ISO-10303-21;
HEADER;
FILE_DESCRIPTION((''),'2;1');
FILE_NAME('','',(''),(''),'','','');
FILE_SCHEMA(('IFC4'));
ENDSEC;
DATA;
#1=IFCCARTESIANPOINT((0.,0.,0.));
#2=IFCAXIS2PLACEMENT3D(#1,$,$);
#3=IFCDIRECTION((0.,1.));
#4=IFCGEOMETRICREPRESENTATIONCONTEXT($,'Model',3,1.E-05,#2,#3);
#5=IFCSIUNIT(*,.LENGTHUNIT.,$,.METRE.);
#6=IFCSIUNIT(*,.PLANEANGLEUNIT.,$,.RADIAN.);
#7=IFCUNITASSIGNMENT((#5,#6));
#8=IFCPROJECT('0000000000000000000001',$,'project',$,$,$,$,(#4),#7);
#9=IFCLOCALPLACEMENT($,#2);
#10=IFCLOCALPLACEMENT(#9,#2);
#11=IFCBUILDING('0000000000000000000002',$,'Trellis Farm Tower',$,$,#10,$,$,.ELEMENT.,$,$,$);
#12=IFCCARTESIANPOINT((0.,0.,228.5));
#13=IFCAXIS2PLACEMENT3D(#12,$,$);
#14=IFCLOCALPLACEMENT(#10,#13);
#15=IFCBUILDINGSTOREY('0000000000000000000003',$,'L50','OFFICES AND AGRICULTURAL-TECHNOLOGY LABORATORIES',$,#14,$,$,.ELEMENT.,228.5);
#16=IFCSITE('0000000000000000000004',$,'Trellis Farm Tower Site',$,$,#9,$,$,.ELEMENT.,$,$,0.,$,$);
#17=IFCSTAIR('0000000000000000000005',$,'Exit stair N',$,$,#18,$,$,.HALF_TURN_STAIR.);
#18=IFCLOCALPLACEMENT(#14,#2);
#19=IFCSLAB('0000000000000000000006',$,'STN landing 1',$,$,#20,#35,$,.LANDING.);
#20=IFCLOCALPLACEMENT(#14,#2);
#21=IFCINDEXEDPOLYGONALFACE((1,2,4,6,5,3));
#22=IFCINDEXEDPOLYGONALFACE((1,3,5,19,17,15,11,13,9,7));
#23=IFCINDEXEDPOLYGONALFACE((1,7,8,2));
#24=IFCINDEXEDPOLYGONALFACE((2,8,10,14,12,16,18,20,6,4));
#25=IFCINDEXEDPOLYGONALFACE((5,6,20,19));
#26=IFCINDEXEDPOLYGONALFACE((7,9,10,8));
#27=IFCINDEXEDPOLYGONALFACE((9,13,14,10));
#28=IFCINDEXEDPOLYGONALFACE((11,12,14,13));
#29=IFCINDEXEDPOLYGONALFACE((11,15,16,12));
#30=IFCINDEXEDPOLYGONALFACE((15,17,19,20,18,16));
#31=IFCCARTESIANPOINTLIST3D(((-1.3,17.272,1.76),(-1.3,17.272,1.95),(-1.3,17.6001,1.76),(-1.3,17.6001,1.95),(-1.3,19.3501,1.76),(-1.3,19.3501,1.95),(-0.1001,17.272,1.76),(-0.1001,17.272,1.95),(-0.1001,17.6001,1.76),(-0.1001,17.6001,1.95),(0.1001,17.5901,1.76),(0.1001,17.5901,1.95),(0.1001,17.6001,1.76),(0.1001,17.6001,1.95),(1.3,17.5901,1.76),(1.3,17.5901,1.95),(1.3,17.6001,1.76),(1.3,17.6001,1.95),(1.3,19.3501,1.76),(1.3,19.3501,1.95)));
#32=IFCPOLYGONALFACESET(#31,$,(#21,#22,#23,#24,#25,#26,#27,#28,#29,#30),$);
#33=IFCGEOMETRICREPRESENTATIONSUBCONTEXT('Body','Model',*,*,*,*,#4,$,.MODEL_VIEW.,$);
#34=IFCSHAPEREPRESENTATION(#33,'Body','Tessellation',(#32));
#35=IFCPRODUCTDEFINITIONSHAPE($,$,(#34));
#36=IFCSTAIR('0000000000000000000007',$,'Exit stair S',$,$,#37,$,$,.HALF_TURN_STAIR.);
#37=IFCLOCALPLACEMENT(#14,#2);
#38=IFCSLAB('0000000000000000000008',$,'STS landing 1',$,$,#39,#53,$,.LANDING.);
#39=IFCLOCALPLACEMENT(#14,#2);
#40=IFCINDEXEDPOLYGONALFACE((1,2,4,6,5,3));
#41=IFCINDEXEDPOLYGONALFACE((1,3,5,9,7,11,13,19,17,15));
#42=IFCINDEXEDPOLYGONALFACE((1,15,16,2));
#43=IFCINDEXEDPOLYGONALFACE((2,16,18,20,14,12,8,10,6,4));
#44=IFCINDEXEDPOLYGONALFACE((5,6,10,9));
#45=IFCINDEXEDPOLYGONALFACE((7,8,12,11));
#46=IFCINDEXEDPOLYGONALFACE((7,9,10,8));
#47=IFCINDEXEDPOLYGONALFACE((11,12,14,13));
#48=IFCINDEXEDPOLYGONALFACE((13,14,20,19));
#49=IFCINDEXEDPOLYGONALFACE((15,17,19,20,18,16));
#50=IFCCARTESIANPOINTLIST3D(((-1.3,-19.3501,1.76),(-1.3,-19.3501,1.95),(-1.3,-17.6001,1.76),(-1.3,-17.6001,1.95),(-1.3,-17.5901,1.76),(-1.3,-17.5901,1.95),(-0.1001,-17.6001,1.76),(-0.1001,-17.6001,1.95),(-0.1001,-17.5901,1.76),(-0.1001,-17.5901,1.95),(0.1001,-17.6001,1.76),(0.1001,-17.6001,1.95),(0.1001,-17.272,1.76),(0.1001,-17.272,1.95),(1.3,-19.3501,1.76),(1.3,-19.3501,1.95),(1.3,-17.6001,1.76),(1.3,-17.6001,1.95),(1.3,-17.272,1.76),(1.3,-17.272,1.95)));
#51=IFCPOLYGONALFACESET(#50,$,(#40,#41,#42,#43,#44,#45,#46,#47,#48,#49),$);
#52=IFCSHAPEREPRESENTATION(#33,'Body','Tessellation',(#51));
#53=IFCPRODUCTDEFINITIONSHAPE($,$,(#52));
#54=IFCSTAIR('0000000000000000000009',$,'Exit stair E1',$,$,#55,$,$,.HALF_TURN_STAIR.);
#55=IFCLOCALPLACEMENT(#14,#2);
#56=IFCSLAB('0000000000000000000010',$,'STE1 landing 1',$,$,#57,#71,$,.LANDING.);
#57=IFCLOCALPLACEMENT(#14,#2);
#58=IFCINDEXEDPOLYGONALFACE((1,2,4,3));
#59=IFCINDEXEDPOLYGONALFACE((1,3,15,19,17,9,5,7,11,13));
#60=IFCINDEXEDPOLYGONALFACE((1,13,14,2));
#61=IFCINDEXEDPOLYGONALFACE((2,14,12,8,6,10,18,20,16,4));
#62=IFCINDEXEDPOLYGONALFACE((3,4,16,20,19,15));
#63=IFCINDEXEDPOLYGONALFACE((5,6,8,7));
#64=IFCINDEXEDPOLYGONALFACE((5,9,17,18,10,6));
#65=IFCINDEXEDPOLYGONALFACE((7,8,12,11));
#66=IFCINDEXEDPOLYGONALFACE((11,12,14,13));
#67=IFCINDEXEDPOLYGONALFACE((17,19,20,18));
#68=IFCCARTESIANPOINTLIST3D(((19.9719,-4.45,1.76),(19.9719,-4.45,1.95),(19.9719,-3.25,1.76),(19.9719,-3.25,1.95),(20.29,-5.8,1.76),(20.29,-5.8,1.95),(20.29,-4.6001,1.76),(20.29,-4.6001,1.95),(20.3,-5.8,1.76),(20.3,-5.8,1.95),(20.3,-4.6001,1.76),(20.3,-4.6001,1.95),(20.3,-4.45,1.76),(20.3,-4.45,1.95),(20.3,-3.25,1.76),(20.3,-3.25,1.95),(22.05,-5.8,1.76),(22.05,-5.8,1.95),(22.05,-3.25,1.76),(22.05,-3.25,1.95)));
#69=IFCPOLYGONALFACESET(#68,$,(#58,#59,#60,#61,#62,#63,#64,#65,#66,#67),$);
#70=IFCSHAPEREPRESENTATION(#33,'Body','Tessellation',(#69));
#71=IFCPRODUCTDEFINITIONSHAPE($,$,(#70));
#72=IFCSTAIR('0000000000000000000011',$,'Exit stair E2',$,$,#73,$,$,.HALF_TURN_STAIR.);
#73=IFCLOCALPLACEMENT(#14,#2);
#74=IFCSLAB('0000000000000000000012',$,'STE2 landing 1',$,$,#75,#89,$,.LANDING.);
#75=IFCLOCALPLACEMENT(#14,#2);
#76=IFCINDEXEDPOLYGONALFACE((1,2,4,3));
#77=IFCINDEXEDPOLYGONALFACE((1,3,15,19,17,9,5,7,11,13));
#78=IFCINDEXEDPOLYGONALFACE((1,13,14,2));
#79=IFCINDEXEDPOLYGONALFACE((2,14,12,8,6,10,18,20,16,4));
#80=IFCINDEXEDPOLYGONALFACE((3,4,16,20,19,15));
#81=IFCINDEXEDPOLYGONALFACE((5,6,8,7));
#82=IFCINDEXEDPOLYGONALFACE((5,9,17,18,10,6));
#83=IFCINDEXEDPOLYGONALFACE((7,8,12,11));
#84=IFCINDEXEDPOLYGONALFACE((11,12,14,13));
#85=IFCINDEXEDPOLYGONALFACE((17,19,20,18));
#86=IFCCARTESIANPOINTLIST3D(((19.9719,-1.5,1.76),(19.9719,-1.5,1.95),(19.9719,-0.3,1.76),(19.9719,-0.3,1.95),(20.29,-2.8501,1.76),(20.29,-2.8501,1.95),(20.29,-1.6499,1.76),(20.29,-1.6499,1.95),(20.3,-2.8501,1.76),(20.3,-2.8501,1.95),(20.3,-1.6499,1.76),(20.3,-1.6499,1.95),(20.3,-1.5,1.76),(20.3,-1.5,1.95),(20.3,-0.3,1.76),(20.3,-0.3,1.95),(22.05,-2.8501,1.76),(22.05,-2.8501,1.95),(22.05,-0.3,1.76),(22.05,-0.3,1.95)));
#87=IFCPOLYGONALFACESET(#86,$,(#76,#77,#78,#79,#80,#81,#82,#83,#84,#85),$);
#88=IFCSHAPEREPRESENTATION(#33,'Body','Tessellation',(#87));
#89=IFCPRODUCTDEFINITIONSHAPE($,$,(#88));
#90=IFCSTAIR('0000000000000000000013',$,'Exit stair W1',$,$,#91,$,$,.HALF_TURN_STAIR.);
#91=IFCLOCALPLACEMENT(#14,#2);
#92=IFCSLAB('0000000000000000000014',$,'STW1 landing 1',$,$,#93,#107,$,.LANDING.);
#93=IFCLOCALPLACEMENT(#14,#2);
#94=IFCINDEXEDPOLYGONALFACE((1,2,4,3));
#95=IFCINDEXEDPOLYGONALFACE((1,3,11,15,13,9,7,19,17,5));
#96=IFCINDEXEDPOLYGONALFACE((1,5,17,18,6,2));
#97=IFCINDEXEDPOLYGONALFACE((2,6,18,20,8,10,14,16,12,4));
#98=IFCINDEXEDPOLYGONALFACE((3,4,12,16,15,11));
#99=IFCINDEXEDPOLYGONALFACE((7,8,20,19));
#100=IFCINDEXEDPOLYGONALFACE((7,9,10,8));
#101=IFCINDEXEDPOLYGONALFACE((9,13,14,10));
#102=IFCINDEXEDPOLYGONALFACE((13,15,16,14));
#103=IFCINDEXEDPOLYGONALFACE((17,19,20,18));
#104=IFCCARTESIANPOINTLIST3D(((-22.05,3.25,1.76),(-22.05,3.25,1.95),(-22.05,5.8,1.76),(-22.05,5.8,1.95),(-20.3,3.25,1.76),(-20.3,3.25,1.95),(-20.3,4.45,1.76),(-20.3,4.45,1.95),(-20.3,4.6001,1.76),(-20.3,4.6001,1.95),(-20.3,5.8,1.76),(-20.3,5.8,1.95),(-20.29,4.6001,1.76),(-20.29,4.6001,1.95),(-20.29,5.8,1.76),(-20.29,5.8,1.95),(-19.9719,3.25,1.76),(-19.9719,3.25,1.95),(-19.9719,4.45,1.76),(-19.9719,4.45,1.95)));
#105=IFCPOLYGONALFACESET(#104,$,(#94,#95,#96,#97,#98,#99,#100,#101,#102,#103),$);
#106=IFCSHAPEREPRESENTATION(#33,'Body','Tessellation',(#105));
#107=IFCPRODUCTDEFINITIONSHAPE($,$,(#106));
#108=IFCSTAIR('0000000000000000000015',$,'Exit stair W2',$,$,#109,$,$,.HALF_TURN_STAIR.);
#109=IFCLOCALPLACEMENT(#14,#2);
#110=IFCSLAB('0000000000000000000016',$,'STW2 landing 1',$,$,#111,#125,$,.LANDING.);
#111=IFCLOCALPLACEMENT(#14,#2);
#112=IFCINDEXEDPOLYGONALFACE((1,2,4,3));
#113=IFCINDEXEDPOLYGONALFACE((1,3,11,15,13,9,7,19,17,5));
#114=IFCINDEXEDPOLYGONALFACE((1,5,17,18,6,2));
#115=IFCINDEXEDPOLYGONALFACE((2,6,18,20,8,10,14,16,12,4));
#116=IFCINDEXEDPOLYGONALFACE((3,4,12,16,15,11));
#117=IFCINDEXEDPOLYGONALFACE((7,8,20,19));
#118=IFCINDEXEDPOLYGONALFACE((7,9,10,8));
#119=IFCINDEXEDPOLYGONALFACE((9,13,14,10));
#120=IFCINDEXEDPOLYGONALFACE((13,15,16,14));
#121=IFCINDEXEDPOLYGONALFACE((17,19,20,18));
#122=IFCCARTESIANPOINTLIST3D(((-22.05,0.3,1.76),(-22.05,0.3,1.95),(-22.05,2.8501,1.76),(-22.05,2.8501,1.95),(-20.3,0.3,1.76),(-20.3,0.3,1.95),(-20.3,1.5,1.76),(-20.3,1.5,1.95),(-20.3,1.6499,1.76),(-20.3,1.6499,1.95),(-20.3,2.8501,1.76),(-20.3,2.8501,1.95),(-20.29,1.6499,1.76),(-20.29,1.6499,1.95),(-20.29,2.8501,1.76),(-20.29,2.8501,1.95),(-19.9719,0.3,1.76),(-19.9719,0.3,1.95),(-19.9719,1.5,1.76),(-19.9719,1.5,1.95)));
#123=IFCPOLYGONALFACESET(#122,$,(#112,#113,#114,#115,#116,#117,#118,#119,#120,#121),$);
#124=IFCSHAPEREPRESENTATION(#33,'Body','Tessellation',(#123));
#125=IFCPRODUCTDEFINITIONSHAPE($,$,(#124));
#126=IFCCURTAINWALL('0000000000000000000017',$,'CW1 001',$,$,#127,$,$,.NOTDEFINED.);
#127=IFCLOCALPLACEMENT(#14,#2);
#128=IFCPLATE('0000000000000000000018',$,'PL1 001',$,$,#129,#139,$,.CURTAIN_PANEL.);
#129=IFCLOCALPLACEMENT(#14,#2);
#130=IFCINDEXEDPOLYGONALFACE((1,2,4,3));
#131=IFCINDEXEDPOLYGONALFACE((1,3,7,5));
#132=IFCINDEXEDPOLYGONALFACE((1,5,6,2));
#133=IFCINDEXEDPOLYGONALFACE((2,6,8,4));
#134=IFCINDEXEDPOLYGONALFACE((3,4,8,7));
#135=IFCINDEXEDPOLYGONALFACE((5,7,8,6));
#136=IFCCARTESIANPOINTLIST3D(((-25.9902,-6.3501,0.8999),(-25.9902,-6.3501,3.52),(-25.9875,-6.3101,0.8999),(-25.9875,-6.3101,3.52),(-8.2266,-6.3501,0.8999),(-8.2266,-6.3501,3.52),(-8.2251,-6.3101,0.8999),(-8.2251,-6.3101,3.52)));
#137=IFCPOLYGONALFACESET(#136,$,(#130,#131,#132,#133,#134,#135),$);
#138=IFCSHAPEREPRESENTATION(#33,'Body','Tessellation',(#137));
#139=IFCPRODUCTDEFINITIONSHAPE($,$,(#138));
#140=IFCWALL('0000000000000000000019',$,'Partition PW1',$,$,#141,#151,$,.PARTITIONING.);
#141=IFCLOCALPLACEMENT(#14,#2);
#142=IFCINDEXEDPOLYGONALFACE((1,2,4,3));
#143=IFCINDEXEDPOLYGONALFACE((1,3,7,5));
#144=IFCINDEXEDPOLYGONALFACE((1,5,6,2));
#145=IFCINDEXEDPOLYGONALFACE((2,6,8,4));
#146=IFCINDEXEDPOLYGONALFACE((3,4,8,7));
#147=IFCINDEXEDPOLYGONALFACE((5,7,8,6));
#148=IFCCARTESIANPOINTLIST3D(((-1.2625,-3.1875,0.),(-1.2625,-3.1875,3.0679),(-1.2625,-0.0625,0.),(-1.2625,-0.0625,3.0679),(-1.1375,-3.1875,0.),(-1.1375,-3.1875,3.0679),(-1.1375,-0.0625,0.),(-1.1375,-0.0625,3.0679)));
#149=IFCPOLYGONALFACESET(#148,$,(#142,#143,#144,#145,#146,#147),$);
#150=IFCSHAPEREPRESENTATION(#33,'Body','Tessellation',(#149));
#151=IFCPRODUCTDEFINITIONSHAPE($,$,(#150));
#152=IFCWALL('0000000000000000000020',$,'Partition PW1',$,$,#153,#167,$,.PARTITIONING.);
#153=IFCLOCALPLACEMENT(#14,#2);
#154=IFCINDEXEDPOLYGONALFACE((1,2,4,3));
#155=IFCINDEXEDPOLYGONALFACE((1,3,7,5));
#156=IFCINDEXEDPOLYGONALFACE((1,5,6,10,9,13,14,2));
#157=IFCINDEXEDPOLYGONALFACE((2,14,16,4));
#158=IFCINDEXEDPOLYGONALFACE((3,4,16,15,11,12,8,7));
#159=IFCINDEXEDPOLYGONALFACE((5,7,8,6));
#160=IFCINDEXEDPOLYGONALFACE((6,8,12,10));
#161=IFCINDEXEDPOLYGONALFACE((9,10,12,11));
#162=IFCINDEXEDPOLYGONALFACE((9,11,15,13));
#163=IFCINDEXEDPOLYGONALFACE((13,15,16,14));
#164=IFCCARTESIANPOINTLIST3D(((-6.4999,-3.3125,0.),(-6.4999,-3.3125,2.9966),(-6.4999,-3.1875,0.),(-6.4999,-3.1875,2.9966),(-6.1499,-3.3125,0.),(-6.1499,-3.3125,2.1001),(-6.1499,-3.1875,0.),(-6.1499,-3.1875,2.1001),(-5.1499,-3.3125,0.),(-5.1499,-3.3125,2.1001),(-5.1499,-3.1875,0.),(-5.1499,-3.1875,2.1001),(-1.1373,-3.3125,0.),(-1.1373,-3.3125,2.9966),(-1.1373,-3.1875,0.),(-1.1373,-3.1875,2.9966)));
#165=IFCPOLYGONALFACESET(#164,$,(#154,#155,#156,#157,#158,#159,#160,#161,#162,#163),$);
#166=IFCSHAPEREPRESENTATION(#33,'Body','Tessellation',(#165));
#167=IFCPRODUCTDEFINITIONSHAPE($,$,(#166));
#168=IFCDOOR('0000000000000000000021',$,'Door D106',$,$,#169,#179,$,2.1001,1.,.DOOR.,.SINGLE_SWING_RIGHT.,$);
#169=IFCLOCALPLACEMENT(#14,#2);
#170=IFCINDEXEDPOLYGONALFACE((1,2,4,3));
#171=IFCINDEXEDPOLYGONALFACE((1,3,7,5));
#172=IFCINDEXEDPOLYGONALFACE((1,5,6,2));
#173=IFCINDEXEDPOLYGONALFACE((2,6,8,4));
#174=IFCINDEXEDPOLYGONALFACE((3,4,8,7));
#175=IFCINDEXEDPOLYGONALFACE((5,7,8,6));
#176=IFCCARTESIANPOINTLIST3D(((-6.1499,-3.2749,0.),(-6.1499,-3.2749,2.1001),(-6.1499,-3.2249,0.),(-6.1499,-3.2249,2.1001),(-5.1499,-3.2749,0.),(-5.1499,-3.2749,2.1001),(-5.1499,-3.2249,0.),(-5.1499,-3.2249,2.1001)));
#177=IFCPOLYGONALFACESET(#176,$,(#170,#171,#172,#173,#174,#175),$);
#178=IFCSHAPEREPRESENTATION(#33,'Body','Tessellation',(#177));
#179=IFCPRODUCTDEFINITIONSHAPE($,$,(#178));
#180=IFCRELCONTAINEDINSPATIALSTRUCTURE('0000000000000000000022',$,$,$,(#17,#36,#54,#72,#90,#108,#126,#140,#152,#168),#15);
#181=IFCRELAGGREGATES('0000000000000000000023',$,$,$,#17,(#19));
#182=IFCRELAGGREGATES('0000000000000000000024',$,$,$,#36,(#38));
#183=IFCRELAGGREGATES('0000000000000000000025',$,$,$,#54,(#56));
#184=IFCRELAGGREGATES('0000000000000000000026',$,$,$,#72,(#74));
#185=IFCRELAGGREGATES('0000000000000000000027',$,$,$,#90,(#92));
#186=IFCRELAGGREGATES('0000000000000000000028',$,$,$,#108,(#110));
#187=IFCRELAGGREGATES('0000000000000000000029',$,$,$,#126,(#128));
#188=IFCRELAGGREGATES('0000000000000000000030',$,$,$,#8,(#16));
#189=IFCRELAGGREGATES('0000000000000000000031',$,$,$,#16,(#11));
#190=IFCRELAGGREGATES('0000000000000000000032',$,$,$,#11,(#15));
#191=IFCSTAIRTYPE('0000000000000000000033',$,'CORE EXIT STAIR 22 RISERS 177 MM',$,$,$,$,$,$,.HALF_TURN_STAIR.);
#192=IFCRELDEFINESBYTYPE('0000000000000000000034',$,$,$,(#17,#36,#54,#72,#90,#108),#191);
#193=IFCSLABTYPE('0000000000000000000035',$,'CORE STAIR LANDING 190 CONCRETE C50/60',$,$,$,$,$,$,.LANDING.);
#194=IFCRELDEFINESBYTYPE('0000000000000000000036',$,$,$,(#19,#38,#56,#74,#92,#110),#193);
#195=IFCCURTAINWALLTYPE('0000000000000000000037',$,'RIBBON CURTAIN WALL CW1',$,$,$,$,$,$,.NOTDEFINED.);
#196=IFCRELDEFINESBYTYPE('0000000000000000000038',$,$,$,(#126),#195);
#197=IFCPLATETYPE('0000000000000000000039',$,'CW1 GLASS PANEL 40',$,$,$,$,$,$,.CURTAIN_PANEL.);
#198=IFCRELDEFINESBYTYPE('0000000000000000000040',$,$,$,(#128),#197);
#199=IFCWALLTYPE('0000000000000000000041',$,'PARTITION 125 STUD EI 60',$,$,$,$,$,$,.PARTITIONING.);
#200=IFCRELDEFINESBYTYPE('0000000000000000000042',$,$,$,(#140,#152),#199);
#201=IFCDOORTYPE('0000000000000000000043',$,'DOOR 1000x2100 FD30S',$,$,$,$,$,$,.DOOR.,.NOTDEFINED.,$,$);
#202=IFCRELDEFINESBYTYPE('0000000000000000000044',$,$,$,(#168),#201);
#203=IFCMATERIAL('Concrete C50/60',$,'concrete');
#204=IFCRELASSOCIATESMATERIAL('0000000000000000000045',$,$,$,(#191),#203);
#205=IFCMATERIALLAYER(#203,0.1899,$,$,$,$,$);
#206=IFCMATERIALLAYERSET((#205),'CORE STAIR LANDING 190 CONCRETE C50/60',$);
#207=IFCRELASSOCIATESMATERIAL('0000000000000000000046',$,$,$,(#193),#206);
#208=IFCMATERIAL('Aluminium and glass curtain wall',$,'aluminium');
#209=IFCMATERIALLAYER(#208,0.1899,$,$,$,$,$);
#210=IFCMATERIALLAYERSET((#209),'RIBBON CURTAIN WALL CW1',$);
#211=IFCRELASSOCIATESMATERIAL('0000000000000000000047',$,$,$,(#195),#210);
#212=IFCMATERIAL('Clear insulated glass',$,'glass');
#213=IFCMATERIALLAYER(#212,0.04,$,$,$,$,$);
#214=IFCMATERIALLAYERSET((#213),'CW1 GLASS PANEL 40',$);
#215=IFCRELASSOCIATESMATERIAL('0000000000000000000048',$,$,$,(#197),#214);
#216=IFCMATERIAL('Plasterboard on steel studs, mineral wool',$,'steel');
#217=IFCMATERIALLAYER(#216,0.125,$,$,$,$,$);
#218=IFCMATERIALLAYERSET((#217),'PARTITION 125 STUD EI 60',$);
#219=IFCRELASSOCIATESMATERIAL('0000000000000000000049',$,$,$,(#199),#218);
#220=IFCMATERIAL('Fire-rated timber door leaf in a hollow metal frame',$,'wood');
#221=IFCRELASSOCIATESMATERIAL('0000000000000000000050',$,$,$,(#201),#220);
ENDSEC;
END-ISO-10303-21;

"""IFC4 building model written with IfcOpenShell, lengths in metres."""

from ifc_helpers import new_model, si_unit, direction, frame, frame_2d, origin, place, context, subcontext, project, spatial, polyline, rectangle, outline, extrude, source, transform, mapped, material, layer, layer_set, type_object, element, fill, aggregate, save


model = new_model("IFC4")

# Units and contexts
model_context = context("Model", 3, precision=1e-05, world=origin(), true_north=direction((0.0, 1.0)))
body_context = subcontext(model_context, "Body", "Model", "MODEL_VIEW")
ifc_project = project(units=[si_unit("LENGTHUNIT", "METRE"), si_unit("PLANEANGLEUNIT", "RADIAN")], contexts=[model_context])

# Site, building, storey
site_placement = place(None, origin())
site = spatial("IfcSite", under=ifc_project, at=site_placement, Name="Trellis Farm Tower Site", CompositionType="ELEMENT", RefElevation=0.0)
building_placement = place(site_placement, origin())
building = spatial("IfcBuilding", under=site, at=building_placement, Name="Trellis Farm Tower", CompositionType="ELEMENT")
storey_placement = place(building_placement, frame((0.0, 0.0, 228.5)))
storey = spatial("IfcBuildingStorey", under=building, at=storey_placement, Name="L50", Description="OFFICES AND AGRICULTURAL-TECHNOLOGY LABORATORIES", CompositionType="ELEMENT", Elevation=228.5)

# Stairs, slabs
ifc_material_1 = material(Name="Concrete C50/60", Category="concrete")
stair_type = type_object("IfcStairType", Name="CORE EXIT STAIR 22 RISERS 177 MM", PredefinedType="HALF_TURN_STAIR", material=ifc_material_1)
placement_1 = place(storey_placement, origin())
stair_1 = element("IfcStair", 1, at=placement_1, inside=storey, type_object=stair_type, Name="Exit stair N", PredefinedType="HALF_TURN_STAIR")
ifc_layer_1 = layer(ifc_material_1, 0.1899)
ifc_layer_set_1 = layer_set([ifc_layer_1], Name="CORE STAIR LANDING 190 CONCRETE C50/60")
slab_type_1 = type_object("IfcSlabType", Name="CORE STAIR LANDING 190 CONCRETE C50/60", PredefinedType="LANDING", material=ifc_layer_set_1)
shared_shape_1 = source(origin(), body_context, "Body", "SweptSolid", [
    extrude(outline(polyline([(-0.1001, 17.272), (-1.3, 17.272), (-1.3, 17.6001), (-1.3, 19.3501), (1.3, 19.3501), (1.3, 17.6001), (1.3, 17.5901), (0.1001, 17.5901), (0.1001, 17.6001), (-0.1001, 17.6001), (-0.1001, 17.272)])), origin(), (0.0, 0.0, 1.0), 0.1899),
])
placement_2 = place(storey_placement, frame((0.0, 0.0, 1.76)))
slab_1 = element("IfcSlab", 2, at=placement_2, type_object=slab_type_1, Name="STN landing 1", PredefinedType="LANDING", context=body_context, shape_type="MappedRepresentation", body=[
    mapped(shared_shape_1, transform((0.0, 0.0, 0.0))),
])
aggregate(stair_1, [slab_1])
stair_2 = element("IfcStair", 3, at=placement_1, inside=storey, type_object=stair_type, Name="Exit stair S", PredefinedType="HALF_TURN_STAIR")
shared_shape_2 = source(origin(), body_context, "Body", "SweptSolid", [
    extrude(outline(polyline([(1.3, -19.3501), (-1.3, -19.3501), (-1.3, -17.6001), (-1.3, -17.5901), (-0.1001, -17.5901), (-0.1001, -17.6001), (0.1001, -17.6001), (0.1001, -17.272), (1.3, -17.272), (1.3, -17.6001), (1.3, -19.3501)])), origin(), (0.0, 0.0, 1.0), 0.1899),
])
slab_2 = element("IfcSlab", 4, at=placement_2, type_object=slab_type_1, Name="STS landing 1", PredefinedType="LANDING", context=body_context, shape_type="MappedRepresentation", body=[
    mapped(shared_shape_2, transform((0.0, 0.0, 0.0))),
])
aggregate(stair_2, [slab_2])
stair_3 = element("IfcStair", 5, at=placement_1, inside=storey, type_object=stair_type, Name="Exit stair E1", PredefinedType="HALF_TURN_STAIR")
shared_shape_3 = source(origin(), body_context, "Body", "SweptSolid", [
    extrude(outline(polyline([(20.29, -5.8), (20.29, -4.6001), (20.3, -4.6001), (20.3, -4.45), (19.9719, -4.45), (19.9719, -3.25), (20.3, -3.25), (22.05, -3.25), (22.05, -5.8), (20.3, -5.8), (20.29, -5.8)])), origin(), (0.0, 0.0, 1.0), 0.1899),
])
slab_3 = element("IfcSlab", 6, at=placement_2, type_object=slab_type_1, Name="STE1 landing 1", PredefinedType="LANDING", context=body_context, shape_type="MappedRepresentation", body=[
    mapped(shared_shape_3, transform((0.0, 0.0, 0.0))),
])
aggregate(stair_3, [slab_3])
stair_4 = element("IfcStair", 7, at=placement_1, inside=storey, type_object=stair_type, Name="Exit stair E2", PredefinedType="HALF_TURN_STAIR")
shared_shape_4 = source(origin(), body_context, "Body", "SweptSolid", [
    extrude(outline(polyline([(20.29, -2.8501), (20.29, -1.6499), (20.3, -1.6499), (20.3, -1.5), (19.9719, -1.5), (19.9719, -0.3), (20.3, -0.3), (22.05, -0.3), (22.05, -2.8501), (20.3, -2.8501), (20.29, -2.8501)])), origin(), (0.0, 0.0, 1.0), 0.1899),
])
slab_4 = element("IfcSlab", 8, at=placement_2, type_object=slab_type_1, Name="STE2 landing 1", PredefinedType="LANDING", context=body_context, shape_type="MappedRepresentation", body=[
    mapped(shared_shape_4, transform((0.0, 0.0, 0.0))),
])
aggregate(stair_4, [slab_4])
stair_5 = element("IfcStair", 9, at=placement_1, inside=storey, type_object=stair_type, Name="Exit stair W1", PredefinedType="HALF_TURN_STAIR")
shared_shape_5 = source(origin(), body_context, "Body", "SweptSolid", [
    extrude(outline(polyline([(-19.9719, 4.45), (-19.9719, 3.25), (-20.3, 3.25), (-22.05, 3.25), (-22.05, 5.8), (-20.3, 5.8), (-20.29, 5.8), (-20.29, 4.6001), (-20.3, 4.6001), (-20.3, 4.45), (-19.9719, 4.45)])), origin(), (0.0, 0.0, 1.0), 0.1899),
])
slab_5 = element("IfcSlab", 10, at=placement_2, type_object=slab_type_1, Name="STW1 landing 1", PredefinedType="LANDING", context=body_context, shape_type="MappedRepresentation", body=[
    mapped(shared_shape_5, transform((0.0, 0.0, 0.0))),
])
aggregate(stair_5, [slab_5])
stair_6 = element("IfcStair", 11, at=placement_1, inside=storey, type_object=stair_type, Name="Exit stair W2", PredefinedType="HALF_TURN_STAIR")
shared_shape_6 = source(origin(), body_context, "Body", "SweptSolid", [
    extrude(outline(polyline([(-19.9719, 1.5), (-19.9719, 0.3), (-20.3, 0.3), (-22.05, 0.3), (-22.05, 2.8501), (-20.3, 2.8501), (-20.29, 2.8501), (-20.29, 1.6499), (-20.3, 1.6499), (-20.3, 1.5), (-19.9719, 1.5)])), origin(), (0.0, 0.0, 1.0), 0.1899),
])
slab_6 = element("IfcSlab", 12, at=placement_2, type_object=slab_type_1, Name="STW2 landing 1", PredefinedType="LANDING", context=body_context, shape_type="MappedRepresentation", body=[
    mapped(shared_shape_6, transform((0.0, 0.0, 0.0))),
])
aggregate(stair_6, [slab_6])

# Curtain wall, plate
ifc_material_2 = material(Name="Aluminium and glass curtain wall", Category="aluminium")
ifc_layer_2 = layer(ifc_material_2, 0.1899)
ifc_layer_set_2 = layer_set([ifc_layer_2], Name="RIBBON CURTAIN WALL CW1")
curtain_wall_type = type_object("IfcCurtainWallType", Name="RIBBON CURTAIN WALL CW1", PredefinedType="NOTDEFINED", material=ifc_layer_set_2)
curtain_wall = element("IfcCurtainWall", 13, at=placement_1, inside=storey, type_object=curtain_wall_type, Name="CW1 001", PredefinedType="NOTDEFINED")
ifc_material_3 = material(Name="Clear insulated glass", Category="glass")
ifc_layer_3 = layer(ifc_material_3, 0.04)
ifc_layer_set_3 = layer_set([ifc_layer_3], Name="CW1 GLASS PANEL 40")
plate_type = type_object("IfcPlateType", Name="CW1 GLASS PANEL 40", PredefinedType="CURTAIN_PANEL", material=ifc_layer_set_3)
shared_shape_7 = source(origin(), body_context, "Body", "SweptSolid", [
    extrude(outline(polyline([(-25.9902, -6.3501), (-8.2266, -6.3501), (-8.2251, -6.3101), (-25.9875, -6.3101), (-25.9902, -6.3501)])), origin(), (0.0, 0.0, 1.0), 2.6201),
])
plate_placement = place(storey_placement, frame((0.0, 0.0, 0.8999)))
plate = element("IfcPlate", 14, at=plate_placement, type_object=plate_type, Name="PL1 001", PredefinedType="CURTAIN_PANEL", context=body_context, shape_type="MappedRepresentation", body=[
    mapped(shared_shape_7, transform((0.0, 0.0, 0.0))),
])
aggregate(curtain_wall, [plate])

# Wall
ifc_material_4 = material(Name="Plasterboard on steel studs, mineral wool", Category="steel")
ifc_layer_4 = layer(ifc_material_4, 0.125)
ifc_layer_set_4 = layer_set([ifc_layer_4], Name="PARTITION 125 STUD EI 60")
wall_type = type_object("IfcWallType", Name="PARTITION 125 STUD EI 60", PredefinedType="PARTITIONING", material=ifc_layer_set_4)
shared_shape_8 = source(origin(), body_context, "Body", "SweptSolid", [
    extrude(rectangle(XDim=3.125, YDim=0.125, at=frame_2d((1.5625, 0.0))), origin(), (0.0, 0.0, 1.0), 3.0679),
])
wall_1_placement = place(storey_placement, frame((-1.2, -0.0625, 0.0), z_axis=(0.0, 0.0, 1.0), x_axis=(0.0, -1.0, 0.0)))
element("IfcWall", 15, at=wall_1_placement, inside=storey, type_object=wall_type, Name="Partition PW1", PredefinedType="PARTITIONING", context=body_context, shape_type="MappedRepresentation", body=[
    mapped(shared_shape_8, transform((0.0, 0.0, 0.0))),
])

# Wall, opening, door
shared_shape_9 = source(origin(), body_context, "Body", "SweptSolid", [
    extrude(rectangle(XDim=5.3625, YDim=0.125, at=frame_2d((2.6812, 0.0))), origin(), (0.0, 0.0, 1.0), 2.9966),
])
wall_2_placement = place(storey_placement, frame((-1.1375, -3.25, 0.0), z_axis=(0.0, 0.0, 1.0), x_axis=(-1.0, 0.0, 0.0)))
wall_2 = element("IfcWall", 16, at=wall_2_placement, inside=storey, type_object=wall_type, Name="Partition PW1", PredefinedType="PARTITIONING", context=body_context, shape_type="MappedRepresentation", body=[
    mapped(shared_shape_9, transform((0.0, 0.0, 0.0))),
])
shared_shape_10 = source(origin(), body_context, "Body", "SweptSolid", [
    extrude(rectangle(XDim=1.0, YDim=2.1001, at=frame_2d((0.5, 1.05))), frame((0.0, 0.0725, 0.0), z_axis=(0.0, -1.0, 0.0), x_axis=(1.0, 0.0, 0.0)), (0.0, 0.0, 1.0), 0.145),
])
opening_1_placement = place(wall_2_placement, frame((4.0125, 0.0, 0.0)))
opening_1 = element("IfcOpeningElement", 17, at=opening_1_placement, cuts=wall_2, PredefinedType="OPENING", context=body_context, shape_type="MappedRepresentation", body=[
    mapped(shared_shape_10, transform((0.0, 0.0, 0.0))),
])
ifc_material_5 = material(Name="Fire-rated timber door leaf in a hollow metal frame", Category="wood")
door_type = type_object("IfcDoorType", Name="DOOR 1000x2100 FD30S", OperationType="NOTDEFINED", PredefinedType="DOOR", material=ifc_material_5)
shared_shape_11 = source(origin(), body_context, "Body", "SweptSolid", [
    extrude(rectangle(XDim=1.0, YDim=2.1001, at=frame_2d((0.5, 1.05))), frame((0.0, 0.0249, 0.0), z_axis=(0.0, -1.0, 0.0), x_axis=(1.0, 0.0, 0.0)), (0.0, 0.0, 1.0), 0.05),
])
door_1_placement = place(opening_1_placement, origin())
door_1 = element("IfcDoor", 18, at=door_1_placement, inside=storey, type_object=door_type, Name="Door D106", OperationType="SINGLE_SWING_RIGHT", OverallHeight=2.1001, OverallWidth=1.0, PredefinedType="DOOR", context=body_context, shape_type="MappedRepresentation", body=[
    mapped(shared_shape_11, transform((0.0, 0.0, 0.0))),
])
fill(opening_1, door_1)

save(model, "model.ifc")
